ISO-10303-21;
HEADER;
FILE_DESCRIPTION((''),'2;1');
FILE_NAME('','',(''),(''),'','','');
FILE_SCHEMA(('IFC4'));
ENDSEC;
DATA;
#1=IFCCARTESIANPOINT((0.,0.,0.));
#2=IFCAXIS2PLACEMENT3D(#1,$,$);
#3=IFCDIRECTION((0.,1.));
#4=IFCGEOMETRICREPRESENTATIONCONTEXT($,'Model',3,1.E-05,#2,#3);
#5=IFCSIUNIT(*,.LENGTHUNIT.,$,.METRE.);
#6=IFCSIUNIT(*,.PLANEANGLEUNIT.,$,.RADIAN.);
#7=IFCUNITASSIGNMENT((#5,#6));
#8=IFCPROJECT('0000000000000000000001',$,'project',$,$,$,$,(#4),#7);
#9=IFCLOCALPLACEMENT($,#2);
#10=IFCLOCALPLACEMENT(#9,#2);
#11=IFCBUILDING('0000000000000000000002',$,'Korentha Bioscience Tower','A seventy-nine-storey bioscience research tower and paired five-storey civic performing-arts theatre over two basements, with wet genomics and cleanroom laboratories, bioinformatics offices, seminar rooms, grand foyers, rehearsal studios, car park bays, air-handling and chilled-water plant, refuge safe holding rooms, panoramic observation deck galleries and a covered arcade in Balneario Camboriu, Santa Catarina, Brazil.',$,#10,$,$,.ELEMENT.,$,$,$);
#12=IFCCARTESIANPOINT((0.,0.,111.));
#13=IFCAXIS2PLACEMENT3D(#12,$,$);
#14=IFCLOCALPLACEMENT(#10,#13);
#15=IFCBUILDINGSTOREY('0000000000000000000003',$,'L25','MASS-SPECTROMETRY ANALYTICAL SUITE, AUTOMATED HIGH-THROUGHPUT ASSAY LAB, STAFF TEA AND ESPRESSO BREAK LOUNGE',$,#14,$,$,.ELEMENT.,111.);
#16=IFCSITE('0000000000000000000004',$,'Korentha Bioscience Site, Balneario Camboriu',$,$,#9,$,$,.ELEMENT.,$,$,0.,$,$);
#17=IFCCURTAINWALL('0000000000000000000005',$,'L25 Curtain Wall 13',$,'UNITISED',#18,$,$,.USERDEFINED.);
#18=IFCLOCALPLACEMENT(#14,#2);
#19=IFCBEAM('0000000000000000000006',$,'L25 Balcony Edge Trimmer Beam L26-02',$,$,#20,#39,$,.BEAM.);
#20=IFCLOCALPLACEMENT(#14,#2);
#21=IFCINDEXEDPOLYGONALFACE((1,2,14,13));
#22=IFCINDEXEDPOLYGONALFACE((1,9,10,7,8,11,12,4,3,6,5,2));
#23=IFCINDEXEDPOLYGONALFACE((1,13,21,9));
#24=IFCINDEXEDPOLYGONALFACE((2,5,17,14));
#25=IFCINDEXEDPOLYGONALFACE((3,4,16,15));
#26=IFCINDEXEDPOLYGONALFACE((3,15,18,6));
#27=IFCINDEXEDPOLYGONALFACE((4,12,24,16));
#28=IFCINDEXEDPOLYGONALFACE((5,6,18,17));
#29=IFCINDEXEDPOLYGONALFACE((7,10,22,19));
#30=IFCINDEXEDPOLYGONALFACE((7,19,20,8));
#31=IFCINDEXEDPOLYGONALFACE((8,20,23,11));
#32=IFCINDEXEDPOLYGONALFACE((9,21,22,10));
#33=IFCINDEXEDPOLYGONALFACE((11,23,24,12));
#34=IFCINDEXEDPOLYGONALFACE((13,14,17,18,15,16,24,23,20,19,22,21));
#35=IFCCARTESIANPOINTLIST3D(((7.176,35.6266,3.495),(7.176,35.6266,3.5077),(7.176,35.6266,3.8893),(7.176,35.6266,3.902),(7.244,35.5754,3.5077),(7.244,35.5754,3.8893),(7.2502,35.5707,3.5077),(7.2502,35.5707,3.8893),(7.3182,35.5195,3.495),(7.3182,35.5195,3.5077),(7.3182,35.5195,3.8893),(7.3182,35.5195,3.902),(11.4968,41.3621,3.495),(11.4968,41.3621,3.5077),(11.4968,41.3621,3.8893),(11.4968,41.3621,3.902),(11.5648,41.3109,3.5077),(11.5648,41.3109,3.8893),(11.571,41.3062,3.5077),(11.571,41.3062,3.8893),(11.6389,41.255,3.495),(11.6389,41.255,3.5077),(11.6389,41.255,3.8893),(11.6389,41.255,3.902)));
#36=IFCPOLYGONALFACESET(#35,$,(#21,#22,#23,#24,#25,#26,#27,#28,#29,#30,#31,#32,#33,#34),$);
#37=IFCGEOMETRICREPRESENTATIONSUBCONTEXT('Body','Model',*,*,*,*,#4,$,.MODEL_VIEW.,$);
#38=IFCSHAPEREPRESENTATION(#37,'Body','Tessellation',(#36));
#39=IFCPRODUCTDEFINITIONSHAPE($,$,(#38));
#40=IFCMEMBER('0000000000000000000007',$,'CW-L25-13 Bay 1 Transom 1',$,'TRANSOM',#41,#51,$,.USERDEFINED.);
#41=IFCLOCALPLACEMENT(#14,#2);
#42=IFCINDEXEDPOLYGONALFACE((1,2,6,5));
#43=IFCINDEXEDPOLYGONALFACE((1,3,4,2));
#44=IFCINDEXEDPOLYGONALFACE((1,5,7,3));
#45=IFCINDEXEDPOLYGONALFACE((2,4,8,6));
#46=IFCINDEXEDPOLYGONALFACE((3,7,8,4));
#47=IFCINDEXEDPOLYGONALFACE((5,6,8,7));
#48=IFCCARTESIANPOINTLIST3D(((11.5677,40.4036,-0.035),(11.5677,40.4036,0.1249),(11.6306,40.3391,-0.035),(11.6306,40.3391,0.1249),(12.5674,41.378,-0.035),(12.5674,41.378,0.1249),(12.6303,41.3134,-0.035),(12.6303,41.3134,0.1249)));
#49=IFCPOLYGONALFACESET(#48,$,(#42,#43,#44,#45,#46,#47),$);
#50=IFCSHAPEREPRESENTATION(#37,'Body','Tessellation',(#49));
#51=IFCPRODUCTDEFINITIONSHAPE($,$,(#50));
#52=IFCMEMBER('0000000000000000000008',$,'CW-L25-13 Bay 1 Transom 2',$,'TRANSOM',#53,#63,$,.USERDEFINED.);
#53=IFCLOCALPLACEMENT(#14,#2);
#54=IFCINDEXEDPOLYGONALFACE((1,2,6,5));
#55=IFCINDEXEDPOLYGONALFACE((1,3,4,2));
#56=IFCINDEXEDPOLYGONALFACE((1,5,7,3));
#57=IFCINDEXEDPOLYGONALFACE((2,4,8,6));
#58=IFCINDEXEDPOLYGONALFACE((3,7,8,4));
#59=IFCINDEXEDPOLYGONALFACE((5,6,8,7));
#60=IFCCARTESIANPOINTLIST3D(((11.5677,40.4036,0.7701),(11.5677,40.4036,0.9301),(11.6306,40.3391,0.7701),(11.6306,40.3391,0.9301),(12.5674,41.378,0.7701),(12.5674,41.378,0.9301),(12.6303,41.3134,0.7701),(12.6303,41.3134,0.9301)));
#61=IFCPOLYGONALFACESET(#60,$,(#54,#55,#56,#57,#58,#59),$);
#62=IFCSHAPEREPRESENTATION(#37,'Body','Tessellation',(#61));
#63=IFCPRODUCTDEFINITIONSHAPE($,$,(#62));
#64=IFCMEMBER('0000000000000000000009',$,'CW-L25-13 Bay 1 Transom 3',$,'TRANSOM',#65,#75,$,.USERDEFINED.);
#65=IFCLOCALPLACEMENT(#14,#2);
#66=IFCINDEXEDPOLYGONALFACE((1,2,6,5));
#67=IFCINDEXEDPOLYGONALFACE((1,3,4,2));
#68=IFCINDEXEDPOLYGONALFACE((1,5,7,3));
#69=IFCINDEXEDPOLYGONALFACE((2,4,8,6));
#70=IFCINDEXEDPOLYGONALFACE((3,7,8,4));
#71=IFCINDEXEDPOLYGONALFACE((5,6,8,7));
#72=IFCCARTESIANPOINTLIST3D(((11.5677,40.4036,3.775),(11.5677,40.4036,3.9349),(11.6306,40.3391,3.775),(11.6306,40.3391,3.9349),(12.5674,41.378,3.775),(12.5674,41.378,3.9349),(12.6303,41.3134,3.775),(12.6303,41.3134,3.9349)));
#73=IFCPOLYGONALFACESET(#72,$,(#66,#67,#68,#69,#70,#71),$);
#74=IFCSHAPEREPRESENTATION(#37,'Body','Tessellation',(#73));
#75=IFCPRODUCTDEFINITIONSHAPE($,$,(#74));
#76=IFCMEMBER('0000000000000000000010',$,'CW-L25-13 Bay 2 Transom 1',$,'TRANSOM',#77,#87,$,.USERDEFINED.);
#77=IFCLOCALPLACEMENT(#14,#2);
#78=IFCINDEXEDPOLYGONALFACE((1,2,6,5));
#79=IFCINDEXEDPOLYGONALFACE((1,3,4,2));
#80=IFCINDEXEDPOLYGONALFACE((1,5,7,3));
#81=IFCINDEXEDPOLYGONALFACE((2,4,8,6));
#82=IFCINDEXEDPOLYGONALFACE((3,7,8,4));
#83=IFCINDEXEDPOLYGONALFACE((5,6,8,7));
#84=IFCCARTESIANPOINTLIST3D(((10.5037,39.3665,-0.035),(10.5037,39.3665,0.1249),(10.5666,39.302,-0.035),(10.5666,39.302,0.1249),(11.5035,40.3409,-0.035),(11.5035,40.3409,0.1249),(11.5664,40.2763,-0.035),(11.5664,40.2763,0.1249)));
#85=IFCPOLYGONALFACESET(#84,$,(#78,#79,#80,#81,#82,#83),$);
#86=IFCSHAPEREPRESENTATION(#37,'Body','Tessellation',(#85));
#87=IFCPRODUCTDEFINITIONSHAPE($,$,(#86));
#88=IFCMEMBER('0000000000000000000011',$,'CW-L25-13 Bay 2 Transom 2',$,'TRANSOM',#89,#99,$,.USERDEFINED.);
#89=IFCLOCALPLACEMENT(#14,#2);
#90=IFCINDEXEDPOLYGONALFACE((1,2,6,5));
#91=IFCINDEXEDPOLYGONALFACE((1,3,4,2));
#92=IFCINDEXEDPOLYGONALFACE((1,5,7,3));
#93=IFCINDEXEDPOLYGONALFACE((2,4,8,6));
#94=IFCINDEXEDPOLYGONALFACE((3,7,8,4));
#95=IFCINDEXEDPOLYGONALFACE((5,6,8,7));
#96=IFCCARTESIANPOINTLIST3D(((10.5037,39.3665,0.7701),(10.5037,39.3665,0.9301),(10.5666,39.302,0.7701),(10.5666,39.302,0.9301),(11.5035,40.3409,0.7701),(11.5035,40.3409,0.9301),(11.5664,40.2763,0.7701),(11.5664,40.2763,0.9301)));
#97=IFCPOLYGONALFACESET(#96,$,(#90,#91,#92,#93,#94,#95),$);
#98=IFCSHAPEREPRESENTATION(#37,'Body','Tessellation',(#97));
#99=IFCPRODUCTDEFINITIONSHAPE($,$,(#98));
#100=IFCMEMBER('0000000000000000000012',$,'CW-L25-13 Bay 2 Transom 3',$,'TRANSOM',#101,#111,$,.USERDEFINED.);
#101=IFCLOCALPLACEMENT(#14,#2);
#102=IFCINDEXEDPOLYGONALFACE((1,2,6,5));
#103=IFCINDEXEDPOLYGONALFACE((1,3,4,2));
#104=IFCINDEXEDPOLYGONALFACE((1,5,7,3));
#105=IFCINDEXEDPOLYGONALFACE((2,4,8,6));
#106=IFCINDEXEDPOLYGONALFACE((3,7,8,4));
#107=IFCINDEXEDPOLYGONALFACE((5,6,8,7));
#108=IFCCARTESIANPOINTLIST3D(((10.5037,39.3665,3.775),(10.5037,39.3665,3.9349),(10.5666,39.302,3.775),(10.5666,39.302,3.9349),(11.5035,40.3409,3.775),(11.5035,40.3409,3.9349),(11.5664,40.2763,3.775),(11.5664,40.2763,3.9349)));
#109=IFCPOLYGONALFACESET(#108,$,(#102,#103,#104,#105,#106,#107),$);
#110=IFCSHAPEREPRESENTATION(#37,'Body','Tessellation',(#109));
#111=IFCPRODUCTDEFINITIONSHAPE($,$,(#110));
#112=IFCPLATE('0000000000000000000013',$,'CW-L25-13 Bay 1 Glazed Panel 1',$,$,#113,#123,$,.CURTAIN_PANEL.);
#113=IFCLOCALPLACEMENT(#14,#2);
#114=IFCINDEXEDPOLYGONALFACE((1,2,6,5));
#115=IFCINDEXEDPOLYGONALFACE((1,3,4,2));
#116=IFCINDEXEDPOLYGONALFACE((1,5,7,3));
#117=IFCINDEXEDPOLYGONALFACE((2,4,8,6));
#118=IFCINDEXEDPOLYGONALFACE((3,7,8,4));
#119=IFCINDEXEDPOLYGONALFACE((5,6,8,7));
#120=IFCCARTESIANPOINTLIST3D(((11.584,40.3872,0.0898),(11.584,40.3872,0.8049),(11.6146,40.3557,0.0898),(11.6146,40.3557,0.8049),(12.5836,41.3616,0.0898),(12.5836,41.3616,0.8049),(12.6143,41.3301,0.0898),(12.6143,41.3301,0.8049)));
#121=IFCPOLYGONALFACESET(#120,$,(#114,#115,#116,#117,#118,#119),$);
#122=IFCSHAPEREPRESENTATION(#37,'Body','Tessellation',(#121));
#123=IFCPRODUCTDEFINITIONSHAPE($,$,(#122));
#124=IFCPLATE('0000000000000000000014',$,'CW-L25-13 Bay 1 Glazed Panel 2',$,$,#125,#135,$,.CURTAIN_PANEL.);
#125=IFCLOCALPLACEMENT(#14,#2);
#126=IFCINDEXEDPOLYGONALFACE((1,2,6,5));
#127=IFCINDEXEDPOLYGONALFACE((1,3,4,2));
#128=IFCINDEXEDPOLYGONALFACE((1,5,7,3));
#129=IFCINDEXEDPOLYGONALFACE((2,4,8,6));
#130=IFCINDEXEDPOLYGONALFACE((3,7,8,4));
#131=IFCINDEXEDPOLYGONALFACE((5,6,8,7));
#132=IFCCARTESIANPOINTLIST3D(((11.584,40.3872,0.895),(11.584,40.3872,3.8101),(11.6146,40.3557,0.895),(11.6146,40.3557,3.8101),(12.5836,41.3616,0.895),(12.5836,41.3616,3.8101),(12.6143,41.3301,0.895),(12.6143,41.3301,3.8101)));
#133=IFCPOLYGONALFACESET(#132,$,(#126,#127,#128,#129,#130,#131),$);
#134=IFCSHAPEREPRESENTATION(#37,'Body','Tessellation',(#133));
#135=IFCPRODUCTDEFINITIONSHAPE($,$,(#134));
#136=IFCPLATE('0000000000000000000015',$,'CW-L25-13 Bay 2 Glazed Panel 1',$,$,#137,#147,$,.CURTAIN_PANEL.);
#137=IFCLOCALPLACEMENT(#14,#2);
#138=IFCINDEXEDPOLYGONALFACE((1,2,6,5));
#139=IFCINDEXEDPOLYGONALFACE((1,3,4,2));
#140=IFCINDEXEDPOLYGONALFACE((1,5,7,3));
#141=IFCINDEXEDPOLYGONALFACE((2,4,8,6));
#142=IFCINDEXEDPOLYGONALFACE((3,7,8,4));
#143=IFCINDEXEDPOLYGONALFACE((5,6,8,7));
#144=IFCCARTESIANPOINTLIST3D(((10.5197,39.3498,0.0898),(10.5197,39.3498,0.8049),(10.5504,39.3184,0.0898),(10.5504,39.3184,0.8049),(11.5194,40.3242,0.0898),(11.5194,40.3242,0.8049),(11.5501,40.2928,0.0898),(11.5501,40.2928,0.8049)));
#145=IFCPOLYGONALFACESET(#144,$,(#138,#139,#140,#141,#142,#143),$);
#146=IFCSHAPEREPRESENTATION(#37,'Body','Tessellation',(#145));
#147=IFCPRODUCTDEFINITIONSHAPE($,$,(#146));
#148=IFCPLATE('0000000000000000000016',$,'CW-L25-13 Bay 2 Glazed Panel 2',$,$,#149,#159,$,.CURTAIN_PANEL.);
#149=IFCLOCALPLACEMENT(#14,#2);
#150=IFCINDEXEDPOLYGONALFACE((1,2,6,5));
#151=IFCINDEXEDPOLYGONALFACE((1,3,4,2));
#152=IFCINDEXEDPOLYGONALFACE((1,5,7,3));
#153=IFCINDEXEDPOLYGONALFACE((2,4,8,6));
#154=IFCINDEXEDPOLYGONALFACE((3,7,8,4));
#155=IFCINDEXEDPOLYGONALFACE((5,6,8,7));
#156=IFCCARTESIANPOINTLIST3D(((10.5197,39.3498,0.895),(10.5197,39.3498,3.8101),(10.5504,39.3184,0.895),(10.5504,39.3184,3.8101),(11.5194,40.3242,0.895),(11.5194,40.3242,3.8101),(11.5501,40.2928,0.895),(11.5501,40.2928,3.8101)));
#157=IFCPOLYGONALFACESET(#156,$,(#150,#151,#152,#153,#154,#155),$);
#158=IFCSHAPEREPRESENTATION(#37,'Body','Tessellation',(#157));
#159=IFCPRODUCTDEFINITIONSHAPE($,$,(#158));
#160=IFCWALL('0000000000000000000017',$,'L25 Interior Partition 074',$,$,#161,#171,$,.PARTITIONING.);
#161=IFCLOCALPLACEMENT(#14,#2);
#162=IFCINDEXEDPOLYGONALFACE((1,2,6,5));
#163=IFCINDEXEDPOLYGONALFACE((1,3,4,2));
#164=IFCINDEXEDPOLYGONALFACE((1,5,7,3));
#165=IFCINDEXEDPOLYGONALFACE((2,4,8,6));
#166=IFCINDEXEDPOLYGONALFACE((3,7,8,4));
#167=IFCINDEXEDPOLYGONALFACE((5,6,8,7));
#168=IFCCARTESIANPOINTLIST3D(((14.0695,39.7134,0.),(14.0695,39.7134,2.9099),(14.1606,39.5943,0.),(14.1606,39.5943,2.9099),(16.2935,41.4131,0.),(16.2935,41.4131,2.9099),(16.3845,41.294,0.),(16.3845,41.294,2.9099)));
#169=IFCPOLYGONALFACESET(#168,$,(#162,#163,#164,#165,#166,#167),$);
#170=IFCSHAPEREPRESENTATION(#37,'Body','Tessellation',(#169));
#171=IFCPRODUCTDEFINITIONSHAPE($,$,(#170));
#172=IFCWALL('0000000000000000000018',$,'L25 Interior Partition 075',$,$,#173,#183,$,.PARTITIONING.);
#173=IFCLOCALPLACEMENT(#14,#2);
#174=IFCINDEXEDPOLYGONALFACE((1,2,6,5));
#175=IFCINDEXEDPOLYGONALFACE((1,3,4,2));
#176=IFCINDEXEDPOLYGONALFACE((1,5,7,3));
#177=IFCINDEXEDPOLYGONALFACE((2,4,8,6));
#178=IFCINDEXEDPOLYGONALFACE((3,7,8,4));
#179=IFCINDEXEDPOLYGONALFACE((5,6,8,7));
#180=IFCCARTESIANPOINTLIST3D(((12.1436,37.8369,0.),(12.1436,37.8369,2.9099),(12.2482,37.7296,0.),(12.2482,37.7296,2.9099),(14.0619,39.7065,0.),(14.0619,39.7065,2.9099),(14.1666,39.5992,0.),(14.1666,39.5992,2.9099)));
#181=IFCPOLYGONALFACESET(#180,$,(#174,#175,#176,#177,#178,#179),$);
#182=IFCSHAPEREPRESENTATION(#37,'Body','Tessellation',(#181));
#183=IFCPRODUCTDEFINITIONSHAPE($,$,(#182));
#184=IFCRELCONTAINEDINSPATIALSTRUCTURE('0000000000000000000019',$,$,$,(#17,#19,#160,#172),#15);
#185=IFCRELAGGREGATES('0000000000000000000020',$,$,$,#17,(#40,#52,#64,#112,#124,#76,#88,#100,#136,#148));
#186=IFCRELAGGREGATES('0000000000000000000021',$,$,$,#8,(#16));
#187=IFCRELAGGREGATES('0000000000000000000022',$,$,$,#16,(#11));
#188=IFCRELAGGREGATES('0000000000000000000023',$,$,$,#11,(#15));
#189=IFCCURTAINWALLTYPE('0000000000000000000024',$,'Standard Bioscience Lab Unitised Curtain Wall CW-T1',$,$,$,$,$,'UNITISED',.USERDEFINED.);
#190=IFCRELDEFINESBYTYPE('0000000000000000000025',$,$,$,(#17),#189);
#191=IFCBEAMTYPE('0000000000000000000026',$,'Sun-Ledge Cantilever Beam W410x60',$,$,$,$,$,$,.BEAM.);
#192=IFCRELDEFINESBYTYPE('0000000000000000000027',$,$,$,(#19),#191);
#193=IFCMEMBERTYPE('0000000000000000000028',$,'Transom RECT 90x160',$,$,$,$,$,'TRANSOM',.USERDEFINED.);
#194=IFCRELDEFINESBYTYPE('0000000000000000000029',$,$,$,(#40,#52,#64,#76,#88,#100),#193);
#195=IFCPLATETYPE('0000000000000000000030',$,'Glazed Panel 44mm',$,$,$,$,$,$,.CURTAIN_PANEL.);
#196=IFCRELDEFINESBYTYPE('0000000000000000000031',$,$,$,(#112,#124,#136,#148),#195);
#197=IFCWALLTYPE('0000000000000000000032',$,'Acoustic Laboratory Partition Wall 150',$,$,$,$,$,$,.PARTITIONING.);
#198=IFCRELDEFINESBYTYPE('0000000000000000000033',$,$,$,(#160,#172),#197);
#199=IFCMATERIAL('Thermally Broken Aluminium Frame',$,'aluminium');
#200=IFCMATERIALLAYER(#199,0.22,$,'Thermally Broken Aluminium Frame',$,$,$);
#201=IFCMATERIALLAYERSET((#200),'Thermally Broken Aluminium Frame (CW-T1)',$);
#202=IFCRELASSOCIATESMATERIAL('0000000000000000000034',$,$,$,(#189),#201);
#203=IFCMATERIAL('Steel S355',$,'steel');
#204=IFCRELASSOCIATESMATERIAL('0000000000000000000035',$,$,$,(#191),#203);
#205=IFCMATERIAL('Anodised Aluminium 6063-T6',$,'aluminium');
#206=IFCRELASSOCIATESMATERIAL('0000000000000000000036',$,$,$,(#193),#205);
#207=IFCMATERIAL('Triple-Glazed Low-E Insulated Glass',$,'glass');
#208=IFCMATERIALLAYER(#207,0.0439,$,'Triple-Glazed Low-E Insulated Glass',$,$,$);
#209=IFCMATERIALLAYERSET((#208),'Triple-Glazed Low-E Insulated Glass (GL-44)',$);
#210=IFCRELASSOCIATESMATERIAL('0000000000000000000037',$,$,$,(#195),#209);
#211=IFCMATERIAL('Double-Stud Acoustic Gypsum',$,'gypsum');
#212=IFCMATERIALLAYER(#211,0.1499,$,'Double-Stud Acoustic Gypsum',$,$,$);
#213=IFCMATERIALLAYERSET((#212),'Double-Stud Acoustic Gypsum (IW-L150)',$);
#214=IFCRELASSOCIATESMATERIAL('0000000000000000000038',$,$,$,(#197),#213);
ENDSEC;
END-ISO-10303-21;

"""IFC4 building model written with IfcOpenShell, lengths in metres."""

from ifc_helpers import new_model, si_unit, direction, frame, frame_2d, origin, origin_2d, place, context, subcontext, project, spatial, rectangle, i_section, extrude, material, layer, layer_set, material_profile, profile_set, type_object, element, aggregate, save


model = new_model("IFC4")

# Units and contexts
model_context = context("Model", 3, precision=1e-05, world=origin(), true_north=direction((0.0, 1.0)))
body_context = subcontext(model_context, "Body", "Model", "MODEL_VIEW")
ifc_project = project(units=[si_unit("LENGTHUNIT", "METRE"), si_unit("PLANEANGLEUNIT", "RADIAN")], contexts=[model_context])

# Site, building, storey
site_placement = place(None, origin())
site = spatial("IfcSite", under=ifc_project, at=site_placement, Name="Korentha Bioscience Site, Balneario Camboriu", CompositionType="ELEMENT", RefElevation=0.0)
building_placement = place(site_placement, origin())
building = spatial("IfcBuilding", under=site, at=building_placement, Name="Korentha Bioscience Tower", Description="A seventy-nine-storey bioscience research tower and paired five-storey civic performing-arts theatre over two basements, with wet genomics and cleanroom laboratories, bioinformatics offices, seminar rooms, grand foyers, rehearsal studios, car park bays, air-handling and chilled-water plant, refuge safe holding rooms, panoramic observation deck galleries and a covered arcade in Balneario Camboriu, Santa Catarina, Brazil.", CompositionType="ELEMENT")
storey_placement = place(building_placement, frame((0.0, 0.0, 111.0)))
storey = spatial("IfcBuildingStorey", under=building, at=storey_placement, Name="L25", Description="MASS-SPECTROMETRY ANALYTICAL SUITE, AUTOMATED HIGH-THROUGHPUT ASSAY LAB, STAFF TEA AND ESPRESSO BREAK LOUNGE", CompositionType="ELEMENT", Elevation=111.0)

# Curtain wall
ifc_material_1 = material(Name="Thermally Broken Aluminium Frame", Category="aluminium")
ifc_layer_1 = layer(ifc_material_1, 0.22, Name="Thermally Broken Aluminium Frame")
ifc_layer_set_1 = layer_set([ifc_layer_1], Name="Thermally Broken Aluminium Frame (CW-T1)")
curtain_wall_type = type_object("IfcCurtainWallType", Name="Standard Bioscience Lab Unitised Curtain Wall CW-T1", ElementType="UNITISED", PredefinedType="USERDEFINED", material=ifc_layer_set_1)
curtain_wall_placement = place(storey_placement, origin())
curtain_wall = element("IfcCurtainWall", 1, at=curtain_wall_placement, inside=storey, type_object=curtain_wall_type, Name="L25 Curtain Wall 13", ObjectType="UNITISED", PredefinedType="USERDEFINED")
ifc_material_2 = material(Name="Anodised Aluminium 6063-T6", Category="aluminium")

# Beam
ifc_material_3 = material(Name="Steel S355", Category="steel")
ifc_material_profile_1 = material_profile(ifc_material_3, i_section(OverallWidth=0.178, OverallDepth=0.407, WebThickness=0.0078, FlangeThickness=0.0127, at=origin_2d()), Name="Steel S355")
ifc_profile_set_1 = profile_set([ifc_material_profile_1], Name="Steel S355 (CB-410)")
beam_type_1 = type_object("IfcBeamType", Name="Sun-Ledge Cantilever Beam W410x60", PredefinedType="BEAM", material=ifc_profile_set_1)
beam_1_placement = place(storey_placement, frame((11.5679, 41.3086, 3.6985), z_axis=(-0.601701, -0.798721, 0.0), x_axis=(0.798721, -0.601701, 0.0)))
element("IfcBeam", 2, at=beam_1_placement, inside=storey, type_object=beam_type_1, Name="L25 Balcony Edge Trimmer Beam L26-02", PredefinedType="BEAM", context=body_context, shape_type="SweptSolid", body=[
    extrude(i_section(OverallWidth=0.178, OverallDepth=0.407, WebThickness=0.0078, FlangeThickness=0.0127, at=origin_2d()), origin(), (0.0, 0.0, 1.0), 7.1809),
])

# Members
ifc_material_profile_2 = material_profile(ifc_material_2, rectangle(XDim=0.0901, YDim=0.1599, at=origin_2d()), Name="Anodised Aluminium 6063-T6")
ifc_profile_set_2 = profile_set([ifc_material_profile_2], Name="Anodised Aluminium 6063-T6 (CW-TRN)")
member_type_1 = type_object("IfcMemberType", Name="Transom RECT 90x160", ElementType="TRANSOM", PredefinedType="USERDEFINED", material=ifc_profile_set_2)
member_1_placement = place(storey_placement, frame((12.5989, 41.3457, 0.0449), z_axis=(-0.716142, -0.697954, 0.0), x_axis=(0.697954, -0.716142, 0.0)))
member_1 = element("IfcMember", 3, at=member_1_placement, type_object=member_type_1, Name="CW-L25-13 Bay 1 Transom 1", ObjectType="TRANSOM", PredefinedType="USERDEFINED", context=body_context, shape_type="SweptSolid", body=[
    extrude(rectangle(XDim=0.0901, YDim=0.1599, at=origin_2d()), origin(), (0.0, 0.0, 1.0), 1.396),
])
member_2_placement = place(storey_placement, frame((12.5989, 41.3457, 0.8501), z_axis=(-0.716142, -0.697954, 0.0), x_axis=(0.697954, -0.716142, 0.0)))
member_2 = element("IfcMember", 4, at=member_2_placement, type_object=member_type_1, Name="CW-L25-13 Bay 1 Transom 2", ObjectType="TRANSOM", PredefinedType="USERDEFINED", context=body_context, shape_type="SweptSolid", body=[
    extrude(rectangle(XDim=0.0901, YDim=0.1599, at=origin_2d()), origin(), (0.0, 0.0, 1.0), 1.396),
])
member_3_placement = place(storey_placement, frame((12.5989, 41.3457, 3.855), z_axis=(-0.716142, -0.697954, 0.0), x_axis=(0.697954, -0.716142, 0.0)))
member_3 = element("IfcMember", 5, at=member_3_placement, type_object=member_type_1, Name="CW-L25-13 Bay 1 Transom 3", ObjectType="TRANSOM", PredefinedType="USERDEFINED", context=body_context, shape_type="SweptSolid", body=[
    extrude(rectangle(XDim=0.0901, YDim=0.1599, at=origin_2d()), origin(), (0.0, 0.0, 1.0), 1.396),
])
member_4_placement = place(storey_placement, frame((11.5349, 40.3086, 0.0449), z_axis=(-0.716142, -0.697954, 0.0), x_axis=(0.697954, -0.716142, 0.0)))
member_4 = element("IfcMember", 6, at=member_4_placement, type_object=member_type_1, Name="CW-L25-13 Bay 2 Transom 1", ObjectType="TRANSOM", PredefinedType="USERDEFINED", context=body_context, shape_type="SweptSolid", body=[
    extrude(rectangle(XDim=0.0901, YDim=0.1599, at=origin_2d()), origin(), (0.0, 0.0, 1.0), 1.396),
])
member_5_placement = place(storey_placement, frame((11.5349, 40.3086, 0.8501), z_axis=(-0.716142, -0.697954, 0.0), x_axis=(0.697954, -0.716142, 0.0)))
member_5 = element("IfcMember", 7, at=member_5_placement, type_object=member_type_1, Name="CW-L25-13 Bay 2 Transom 2", ObjectType="TRANSOM", PredefinedType="USERDEFINED", context=body_context, shape_type="SweptSolid", body=[
    extrude(rectangle(XDim=0.0901, YDim=0.1599, at=origin_2d()), origin(), (0.0, 0.0, 1.0), 1.396),
])
member_6_placement = place(storey_placement, frame((11.5349, 40.3086, 3.855), z_axis=(-0.716142, -0.697954, 0.0), x_axis=(0.697954, -0.716142, 0.0)))
member_6 = element("IfcMember", 8, at=member_6_placement, type_object=member_type_1, Name="CW-L25-13 Bay 2 Transom 3", ObjectType="TRANSOM", PredefinedType="USERDEFINED", context=body_context, shape_type="SweptSolid", body=[
    extrude(rectangle(XDim=0.0901, YDim=0.1599, at=origin_2d()), origin(), (0.0, 0.0, 1.0), 1.396),
])

# Plates
ifc_material_4 = material(Name="Triple-Glazed Low-E Insulated Glass", Category="glass")
ifc_layer_2 = layer(ifc_material_4, 0.0439, Name="Triple-Glazed Low-E Insulated Glass")
ifc_layer_set_2 = layer_set([ifc_layer_2], Name="Triple-Glazed Low-E Insulated Glass (GL-44)")
plate_type = type_object("IfcPlateType", Name="Glazed Panel 44mm", PredefinedType="CURTAIN_PANEL", material=ifc_layer_set_2)
plate_1_placement = place(storey_placement, frame((12.0991, 40.8586, 0.0898), z_axis=(0.0, 0.0, 1.0), x_axis=(-0.716096, -0.698002, 0.0)))
plate_1 = element("IfcPlate", 9, at=plate_1_placement, type_object=plate_type, Name="CW-L25-13 Bay 1 Glazed Panel 1", PredefinedType="CURTAIN_PANEL", context=body_context, shape_type="SweptSolid", body=[
    extrude(rectangle(XDim=1.396, YDim=0.0439, at=origin_2d()), origin(), (0.0, 0.0, 1.0), 0.7151),
])
plate_2_placement = place(storey_placement, frame((12.0991, 40.8586, 0.895), z_axis=(0.0, 0.0, 1.0), x_axis=(-0.716096, -0.698002, 0.0)))
plate_2 = element("IfcPlate", 10, at=plate_2_placement, type_object=plate_type, Name="CW-L25-13 Bay 1 Glazed Panel 2", PredefinedType="CURTAIN_PANEL", context=body_context, shape_type="SweptSolid", body=[
    extrude(rectangle(XDim=1.396, YDim=0.0439, at=origin_2d()), origin(), (0.0, 0.0, 1.0), 2.915),
])
plate_3_placement = place(storey_placement, frame((11.0349, 39.8213, 0.0898), z_axis=(0.0, 0.0, 1.0), x_axis=(-0.716096, -0.698002, 0.0)))
plate_3 = element("IfcPlate", 11, at=plate_3_placement, type_object=plate_type, Name="CW-L25-13 Bay 2 Glazed Panel 1", PredefinedType="CURTAIN_PANEL", context=body_context, shape_type="SweptSolid", body=[
    extrude(rectangle(XDim=1.396, YDim=0.0439, at=origin_2d()), origin(), (0.0, 0.0, 1.0), 0.7151),
])
plate_4_placement = place(storey_placement, frame((11.0349, 39.8213, 0.895), z_axis=(0.0, 0.0, 1.0), x_axis=(-0.716096, -0.698002, 0.0)))
plate_4 = element("IfcPlate", 12, at=plate_4_placement, type_object=plate_type, Name="CW-L25-13 Bay 2 Glazed Panel 2", PredefinedType="CURTAIN_PANEL", context=body_context, shape_type="SweptSolid", body=[
    extrude(rectangle(XDim=1.396, YDim=0.0439, at=origin_2d()), origin(), (0.0, 0.0, 1.0), 2.915),
])
aggregate(curtain_wall, [member_1, member_2, member_3, plate_1, plate_2, member_4, member_5, member_6, plate_3, plate_4])

# Walls
ifc_material_5 = material(Name="Double-Stud Acoustic Gypsum", Category="gypsum")
ifc_layer_3 = layer(ifc_material_5, 0.1499, Name="Double-Stud Acoustic Gypsum")
ifc_layer_set_3 = layer_set([ifc_layer_3], Name="Double-Stud Acoustic Gypsum (IW-L150)")
wall_type_1 = type_object("IfcWallType", Name="Acoustic Laboratory Partition Wall 150", PredefinedType="PARTITIONING", material=ifc_layer_set_3)
wall_1_placement = place(storey_placement, frame((16.3389, 41.3535, 0.0), z_axis=(0.0, 0.0, 1.0), x_axis=(-0.794514, -0.607246, 0.0)))
element("IfcWall", 13, at=wall_1_placement, inside=storey, type_object=wall_type_1, Name="L25 Interior Partition 074", PredefinedType="PARTITIONING", context=body_context, shape_type="SweptSolid", body=[
    extrude(rectangle(XDim=2.7991, YDim=0.1499, at=frame_2d((1.3994, 0.0))), origin(), (0.0, 0.0, 1.0), 2.9099),
])
wall_2_placement = place(storey_placement, frame((14.1143, 39.6528, 0.0), z_axis=(0.0, 0.0, 1.0), x_axis=(-0.716162, -0.697934, 0.0)))
element("IfcWall", 14, at=wall_2_placement, inside=storey, type_object=wall_type_1, Name="L25 Interior Partition 075", PredefinedType="PARTITIONING", context=body_context, shape_type="SweptSolid", body=[
    extrude(rectangle(XDim=2.6787, YDim=0.1499, at=frame_2d((1.3394, 0.0))), origin(), (0.0, 0.0, 1.0), 2.9099),
])

save(model, "model.ifc")
